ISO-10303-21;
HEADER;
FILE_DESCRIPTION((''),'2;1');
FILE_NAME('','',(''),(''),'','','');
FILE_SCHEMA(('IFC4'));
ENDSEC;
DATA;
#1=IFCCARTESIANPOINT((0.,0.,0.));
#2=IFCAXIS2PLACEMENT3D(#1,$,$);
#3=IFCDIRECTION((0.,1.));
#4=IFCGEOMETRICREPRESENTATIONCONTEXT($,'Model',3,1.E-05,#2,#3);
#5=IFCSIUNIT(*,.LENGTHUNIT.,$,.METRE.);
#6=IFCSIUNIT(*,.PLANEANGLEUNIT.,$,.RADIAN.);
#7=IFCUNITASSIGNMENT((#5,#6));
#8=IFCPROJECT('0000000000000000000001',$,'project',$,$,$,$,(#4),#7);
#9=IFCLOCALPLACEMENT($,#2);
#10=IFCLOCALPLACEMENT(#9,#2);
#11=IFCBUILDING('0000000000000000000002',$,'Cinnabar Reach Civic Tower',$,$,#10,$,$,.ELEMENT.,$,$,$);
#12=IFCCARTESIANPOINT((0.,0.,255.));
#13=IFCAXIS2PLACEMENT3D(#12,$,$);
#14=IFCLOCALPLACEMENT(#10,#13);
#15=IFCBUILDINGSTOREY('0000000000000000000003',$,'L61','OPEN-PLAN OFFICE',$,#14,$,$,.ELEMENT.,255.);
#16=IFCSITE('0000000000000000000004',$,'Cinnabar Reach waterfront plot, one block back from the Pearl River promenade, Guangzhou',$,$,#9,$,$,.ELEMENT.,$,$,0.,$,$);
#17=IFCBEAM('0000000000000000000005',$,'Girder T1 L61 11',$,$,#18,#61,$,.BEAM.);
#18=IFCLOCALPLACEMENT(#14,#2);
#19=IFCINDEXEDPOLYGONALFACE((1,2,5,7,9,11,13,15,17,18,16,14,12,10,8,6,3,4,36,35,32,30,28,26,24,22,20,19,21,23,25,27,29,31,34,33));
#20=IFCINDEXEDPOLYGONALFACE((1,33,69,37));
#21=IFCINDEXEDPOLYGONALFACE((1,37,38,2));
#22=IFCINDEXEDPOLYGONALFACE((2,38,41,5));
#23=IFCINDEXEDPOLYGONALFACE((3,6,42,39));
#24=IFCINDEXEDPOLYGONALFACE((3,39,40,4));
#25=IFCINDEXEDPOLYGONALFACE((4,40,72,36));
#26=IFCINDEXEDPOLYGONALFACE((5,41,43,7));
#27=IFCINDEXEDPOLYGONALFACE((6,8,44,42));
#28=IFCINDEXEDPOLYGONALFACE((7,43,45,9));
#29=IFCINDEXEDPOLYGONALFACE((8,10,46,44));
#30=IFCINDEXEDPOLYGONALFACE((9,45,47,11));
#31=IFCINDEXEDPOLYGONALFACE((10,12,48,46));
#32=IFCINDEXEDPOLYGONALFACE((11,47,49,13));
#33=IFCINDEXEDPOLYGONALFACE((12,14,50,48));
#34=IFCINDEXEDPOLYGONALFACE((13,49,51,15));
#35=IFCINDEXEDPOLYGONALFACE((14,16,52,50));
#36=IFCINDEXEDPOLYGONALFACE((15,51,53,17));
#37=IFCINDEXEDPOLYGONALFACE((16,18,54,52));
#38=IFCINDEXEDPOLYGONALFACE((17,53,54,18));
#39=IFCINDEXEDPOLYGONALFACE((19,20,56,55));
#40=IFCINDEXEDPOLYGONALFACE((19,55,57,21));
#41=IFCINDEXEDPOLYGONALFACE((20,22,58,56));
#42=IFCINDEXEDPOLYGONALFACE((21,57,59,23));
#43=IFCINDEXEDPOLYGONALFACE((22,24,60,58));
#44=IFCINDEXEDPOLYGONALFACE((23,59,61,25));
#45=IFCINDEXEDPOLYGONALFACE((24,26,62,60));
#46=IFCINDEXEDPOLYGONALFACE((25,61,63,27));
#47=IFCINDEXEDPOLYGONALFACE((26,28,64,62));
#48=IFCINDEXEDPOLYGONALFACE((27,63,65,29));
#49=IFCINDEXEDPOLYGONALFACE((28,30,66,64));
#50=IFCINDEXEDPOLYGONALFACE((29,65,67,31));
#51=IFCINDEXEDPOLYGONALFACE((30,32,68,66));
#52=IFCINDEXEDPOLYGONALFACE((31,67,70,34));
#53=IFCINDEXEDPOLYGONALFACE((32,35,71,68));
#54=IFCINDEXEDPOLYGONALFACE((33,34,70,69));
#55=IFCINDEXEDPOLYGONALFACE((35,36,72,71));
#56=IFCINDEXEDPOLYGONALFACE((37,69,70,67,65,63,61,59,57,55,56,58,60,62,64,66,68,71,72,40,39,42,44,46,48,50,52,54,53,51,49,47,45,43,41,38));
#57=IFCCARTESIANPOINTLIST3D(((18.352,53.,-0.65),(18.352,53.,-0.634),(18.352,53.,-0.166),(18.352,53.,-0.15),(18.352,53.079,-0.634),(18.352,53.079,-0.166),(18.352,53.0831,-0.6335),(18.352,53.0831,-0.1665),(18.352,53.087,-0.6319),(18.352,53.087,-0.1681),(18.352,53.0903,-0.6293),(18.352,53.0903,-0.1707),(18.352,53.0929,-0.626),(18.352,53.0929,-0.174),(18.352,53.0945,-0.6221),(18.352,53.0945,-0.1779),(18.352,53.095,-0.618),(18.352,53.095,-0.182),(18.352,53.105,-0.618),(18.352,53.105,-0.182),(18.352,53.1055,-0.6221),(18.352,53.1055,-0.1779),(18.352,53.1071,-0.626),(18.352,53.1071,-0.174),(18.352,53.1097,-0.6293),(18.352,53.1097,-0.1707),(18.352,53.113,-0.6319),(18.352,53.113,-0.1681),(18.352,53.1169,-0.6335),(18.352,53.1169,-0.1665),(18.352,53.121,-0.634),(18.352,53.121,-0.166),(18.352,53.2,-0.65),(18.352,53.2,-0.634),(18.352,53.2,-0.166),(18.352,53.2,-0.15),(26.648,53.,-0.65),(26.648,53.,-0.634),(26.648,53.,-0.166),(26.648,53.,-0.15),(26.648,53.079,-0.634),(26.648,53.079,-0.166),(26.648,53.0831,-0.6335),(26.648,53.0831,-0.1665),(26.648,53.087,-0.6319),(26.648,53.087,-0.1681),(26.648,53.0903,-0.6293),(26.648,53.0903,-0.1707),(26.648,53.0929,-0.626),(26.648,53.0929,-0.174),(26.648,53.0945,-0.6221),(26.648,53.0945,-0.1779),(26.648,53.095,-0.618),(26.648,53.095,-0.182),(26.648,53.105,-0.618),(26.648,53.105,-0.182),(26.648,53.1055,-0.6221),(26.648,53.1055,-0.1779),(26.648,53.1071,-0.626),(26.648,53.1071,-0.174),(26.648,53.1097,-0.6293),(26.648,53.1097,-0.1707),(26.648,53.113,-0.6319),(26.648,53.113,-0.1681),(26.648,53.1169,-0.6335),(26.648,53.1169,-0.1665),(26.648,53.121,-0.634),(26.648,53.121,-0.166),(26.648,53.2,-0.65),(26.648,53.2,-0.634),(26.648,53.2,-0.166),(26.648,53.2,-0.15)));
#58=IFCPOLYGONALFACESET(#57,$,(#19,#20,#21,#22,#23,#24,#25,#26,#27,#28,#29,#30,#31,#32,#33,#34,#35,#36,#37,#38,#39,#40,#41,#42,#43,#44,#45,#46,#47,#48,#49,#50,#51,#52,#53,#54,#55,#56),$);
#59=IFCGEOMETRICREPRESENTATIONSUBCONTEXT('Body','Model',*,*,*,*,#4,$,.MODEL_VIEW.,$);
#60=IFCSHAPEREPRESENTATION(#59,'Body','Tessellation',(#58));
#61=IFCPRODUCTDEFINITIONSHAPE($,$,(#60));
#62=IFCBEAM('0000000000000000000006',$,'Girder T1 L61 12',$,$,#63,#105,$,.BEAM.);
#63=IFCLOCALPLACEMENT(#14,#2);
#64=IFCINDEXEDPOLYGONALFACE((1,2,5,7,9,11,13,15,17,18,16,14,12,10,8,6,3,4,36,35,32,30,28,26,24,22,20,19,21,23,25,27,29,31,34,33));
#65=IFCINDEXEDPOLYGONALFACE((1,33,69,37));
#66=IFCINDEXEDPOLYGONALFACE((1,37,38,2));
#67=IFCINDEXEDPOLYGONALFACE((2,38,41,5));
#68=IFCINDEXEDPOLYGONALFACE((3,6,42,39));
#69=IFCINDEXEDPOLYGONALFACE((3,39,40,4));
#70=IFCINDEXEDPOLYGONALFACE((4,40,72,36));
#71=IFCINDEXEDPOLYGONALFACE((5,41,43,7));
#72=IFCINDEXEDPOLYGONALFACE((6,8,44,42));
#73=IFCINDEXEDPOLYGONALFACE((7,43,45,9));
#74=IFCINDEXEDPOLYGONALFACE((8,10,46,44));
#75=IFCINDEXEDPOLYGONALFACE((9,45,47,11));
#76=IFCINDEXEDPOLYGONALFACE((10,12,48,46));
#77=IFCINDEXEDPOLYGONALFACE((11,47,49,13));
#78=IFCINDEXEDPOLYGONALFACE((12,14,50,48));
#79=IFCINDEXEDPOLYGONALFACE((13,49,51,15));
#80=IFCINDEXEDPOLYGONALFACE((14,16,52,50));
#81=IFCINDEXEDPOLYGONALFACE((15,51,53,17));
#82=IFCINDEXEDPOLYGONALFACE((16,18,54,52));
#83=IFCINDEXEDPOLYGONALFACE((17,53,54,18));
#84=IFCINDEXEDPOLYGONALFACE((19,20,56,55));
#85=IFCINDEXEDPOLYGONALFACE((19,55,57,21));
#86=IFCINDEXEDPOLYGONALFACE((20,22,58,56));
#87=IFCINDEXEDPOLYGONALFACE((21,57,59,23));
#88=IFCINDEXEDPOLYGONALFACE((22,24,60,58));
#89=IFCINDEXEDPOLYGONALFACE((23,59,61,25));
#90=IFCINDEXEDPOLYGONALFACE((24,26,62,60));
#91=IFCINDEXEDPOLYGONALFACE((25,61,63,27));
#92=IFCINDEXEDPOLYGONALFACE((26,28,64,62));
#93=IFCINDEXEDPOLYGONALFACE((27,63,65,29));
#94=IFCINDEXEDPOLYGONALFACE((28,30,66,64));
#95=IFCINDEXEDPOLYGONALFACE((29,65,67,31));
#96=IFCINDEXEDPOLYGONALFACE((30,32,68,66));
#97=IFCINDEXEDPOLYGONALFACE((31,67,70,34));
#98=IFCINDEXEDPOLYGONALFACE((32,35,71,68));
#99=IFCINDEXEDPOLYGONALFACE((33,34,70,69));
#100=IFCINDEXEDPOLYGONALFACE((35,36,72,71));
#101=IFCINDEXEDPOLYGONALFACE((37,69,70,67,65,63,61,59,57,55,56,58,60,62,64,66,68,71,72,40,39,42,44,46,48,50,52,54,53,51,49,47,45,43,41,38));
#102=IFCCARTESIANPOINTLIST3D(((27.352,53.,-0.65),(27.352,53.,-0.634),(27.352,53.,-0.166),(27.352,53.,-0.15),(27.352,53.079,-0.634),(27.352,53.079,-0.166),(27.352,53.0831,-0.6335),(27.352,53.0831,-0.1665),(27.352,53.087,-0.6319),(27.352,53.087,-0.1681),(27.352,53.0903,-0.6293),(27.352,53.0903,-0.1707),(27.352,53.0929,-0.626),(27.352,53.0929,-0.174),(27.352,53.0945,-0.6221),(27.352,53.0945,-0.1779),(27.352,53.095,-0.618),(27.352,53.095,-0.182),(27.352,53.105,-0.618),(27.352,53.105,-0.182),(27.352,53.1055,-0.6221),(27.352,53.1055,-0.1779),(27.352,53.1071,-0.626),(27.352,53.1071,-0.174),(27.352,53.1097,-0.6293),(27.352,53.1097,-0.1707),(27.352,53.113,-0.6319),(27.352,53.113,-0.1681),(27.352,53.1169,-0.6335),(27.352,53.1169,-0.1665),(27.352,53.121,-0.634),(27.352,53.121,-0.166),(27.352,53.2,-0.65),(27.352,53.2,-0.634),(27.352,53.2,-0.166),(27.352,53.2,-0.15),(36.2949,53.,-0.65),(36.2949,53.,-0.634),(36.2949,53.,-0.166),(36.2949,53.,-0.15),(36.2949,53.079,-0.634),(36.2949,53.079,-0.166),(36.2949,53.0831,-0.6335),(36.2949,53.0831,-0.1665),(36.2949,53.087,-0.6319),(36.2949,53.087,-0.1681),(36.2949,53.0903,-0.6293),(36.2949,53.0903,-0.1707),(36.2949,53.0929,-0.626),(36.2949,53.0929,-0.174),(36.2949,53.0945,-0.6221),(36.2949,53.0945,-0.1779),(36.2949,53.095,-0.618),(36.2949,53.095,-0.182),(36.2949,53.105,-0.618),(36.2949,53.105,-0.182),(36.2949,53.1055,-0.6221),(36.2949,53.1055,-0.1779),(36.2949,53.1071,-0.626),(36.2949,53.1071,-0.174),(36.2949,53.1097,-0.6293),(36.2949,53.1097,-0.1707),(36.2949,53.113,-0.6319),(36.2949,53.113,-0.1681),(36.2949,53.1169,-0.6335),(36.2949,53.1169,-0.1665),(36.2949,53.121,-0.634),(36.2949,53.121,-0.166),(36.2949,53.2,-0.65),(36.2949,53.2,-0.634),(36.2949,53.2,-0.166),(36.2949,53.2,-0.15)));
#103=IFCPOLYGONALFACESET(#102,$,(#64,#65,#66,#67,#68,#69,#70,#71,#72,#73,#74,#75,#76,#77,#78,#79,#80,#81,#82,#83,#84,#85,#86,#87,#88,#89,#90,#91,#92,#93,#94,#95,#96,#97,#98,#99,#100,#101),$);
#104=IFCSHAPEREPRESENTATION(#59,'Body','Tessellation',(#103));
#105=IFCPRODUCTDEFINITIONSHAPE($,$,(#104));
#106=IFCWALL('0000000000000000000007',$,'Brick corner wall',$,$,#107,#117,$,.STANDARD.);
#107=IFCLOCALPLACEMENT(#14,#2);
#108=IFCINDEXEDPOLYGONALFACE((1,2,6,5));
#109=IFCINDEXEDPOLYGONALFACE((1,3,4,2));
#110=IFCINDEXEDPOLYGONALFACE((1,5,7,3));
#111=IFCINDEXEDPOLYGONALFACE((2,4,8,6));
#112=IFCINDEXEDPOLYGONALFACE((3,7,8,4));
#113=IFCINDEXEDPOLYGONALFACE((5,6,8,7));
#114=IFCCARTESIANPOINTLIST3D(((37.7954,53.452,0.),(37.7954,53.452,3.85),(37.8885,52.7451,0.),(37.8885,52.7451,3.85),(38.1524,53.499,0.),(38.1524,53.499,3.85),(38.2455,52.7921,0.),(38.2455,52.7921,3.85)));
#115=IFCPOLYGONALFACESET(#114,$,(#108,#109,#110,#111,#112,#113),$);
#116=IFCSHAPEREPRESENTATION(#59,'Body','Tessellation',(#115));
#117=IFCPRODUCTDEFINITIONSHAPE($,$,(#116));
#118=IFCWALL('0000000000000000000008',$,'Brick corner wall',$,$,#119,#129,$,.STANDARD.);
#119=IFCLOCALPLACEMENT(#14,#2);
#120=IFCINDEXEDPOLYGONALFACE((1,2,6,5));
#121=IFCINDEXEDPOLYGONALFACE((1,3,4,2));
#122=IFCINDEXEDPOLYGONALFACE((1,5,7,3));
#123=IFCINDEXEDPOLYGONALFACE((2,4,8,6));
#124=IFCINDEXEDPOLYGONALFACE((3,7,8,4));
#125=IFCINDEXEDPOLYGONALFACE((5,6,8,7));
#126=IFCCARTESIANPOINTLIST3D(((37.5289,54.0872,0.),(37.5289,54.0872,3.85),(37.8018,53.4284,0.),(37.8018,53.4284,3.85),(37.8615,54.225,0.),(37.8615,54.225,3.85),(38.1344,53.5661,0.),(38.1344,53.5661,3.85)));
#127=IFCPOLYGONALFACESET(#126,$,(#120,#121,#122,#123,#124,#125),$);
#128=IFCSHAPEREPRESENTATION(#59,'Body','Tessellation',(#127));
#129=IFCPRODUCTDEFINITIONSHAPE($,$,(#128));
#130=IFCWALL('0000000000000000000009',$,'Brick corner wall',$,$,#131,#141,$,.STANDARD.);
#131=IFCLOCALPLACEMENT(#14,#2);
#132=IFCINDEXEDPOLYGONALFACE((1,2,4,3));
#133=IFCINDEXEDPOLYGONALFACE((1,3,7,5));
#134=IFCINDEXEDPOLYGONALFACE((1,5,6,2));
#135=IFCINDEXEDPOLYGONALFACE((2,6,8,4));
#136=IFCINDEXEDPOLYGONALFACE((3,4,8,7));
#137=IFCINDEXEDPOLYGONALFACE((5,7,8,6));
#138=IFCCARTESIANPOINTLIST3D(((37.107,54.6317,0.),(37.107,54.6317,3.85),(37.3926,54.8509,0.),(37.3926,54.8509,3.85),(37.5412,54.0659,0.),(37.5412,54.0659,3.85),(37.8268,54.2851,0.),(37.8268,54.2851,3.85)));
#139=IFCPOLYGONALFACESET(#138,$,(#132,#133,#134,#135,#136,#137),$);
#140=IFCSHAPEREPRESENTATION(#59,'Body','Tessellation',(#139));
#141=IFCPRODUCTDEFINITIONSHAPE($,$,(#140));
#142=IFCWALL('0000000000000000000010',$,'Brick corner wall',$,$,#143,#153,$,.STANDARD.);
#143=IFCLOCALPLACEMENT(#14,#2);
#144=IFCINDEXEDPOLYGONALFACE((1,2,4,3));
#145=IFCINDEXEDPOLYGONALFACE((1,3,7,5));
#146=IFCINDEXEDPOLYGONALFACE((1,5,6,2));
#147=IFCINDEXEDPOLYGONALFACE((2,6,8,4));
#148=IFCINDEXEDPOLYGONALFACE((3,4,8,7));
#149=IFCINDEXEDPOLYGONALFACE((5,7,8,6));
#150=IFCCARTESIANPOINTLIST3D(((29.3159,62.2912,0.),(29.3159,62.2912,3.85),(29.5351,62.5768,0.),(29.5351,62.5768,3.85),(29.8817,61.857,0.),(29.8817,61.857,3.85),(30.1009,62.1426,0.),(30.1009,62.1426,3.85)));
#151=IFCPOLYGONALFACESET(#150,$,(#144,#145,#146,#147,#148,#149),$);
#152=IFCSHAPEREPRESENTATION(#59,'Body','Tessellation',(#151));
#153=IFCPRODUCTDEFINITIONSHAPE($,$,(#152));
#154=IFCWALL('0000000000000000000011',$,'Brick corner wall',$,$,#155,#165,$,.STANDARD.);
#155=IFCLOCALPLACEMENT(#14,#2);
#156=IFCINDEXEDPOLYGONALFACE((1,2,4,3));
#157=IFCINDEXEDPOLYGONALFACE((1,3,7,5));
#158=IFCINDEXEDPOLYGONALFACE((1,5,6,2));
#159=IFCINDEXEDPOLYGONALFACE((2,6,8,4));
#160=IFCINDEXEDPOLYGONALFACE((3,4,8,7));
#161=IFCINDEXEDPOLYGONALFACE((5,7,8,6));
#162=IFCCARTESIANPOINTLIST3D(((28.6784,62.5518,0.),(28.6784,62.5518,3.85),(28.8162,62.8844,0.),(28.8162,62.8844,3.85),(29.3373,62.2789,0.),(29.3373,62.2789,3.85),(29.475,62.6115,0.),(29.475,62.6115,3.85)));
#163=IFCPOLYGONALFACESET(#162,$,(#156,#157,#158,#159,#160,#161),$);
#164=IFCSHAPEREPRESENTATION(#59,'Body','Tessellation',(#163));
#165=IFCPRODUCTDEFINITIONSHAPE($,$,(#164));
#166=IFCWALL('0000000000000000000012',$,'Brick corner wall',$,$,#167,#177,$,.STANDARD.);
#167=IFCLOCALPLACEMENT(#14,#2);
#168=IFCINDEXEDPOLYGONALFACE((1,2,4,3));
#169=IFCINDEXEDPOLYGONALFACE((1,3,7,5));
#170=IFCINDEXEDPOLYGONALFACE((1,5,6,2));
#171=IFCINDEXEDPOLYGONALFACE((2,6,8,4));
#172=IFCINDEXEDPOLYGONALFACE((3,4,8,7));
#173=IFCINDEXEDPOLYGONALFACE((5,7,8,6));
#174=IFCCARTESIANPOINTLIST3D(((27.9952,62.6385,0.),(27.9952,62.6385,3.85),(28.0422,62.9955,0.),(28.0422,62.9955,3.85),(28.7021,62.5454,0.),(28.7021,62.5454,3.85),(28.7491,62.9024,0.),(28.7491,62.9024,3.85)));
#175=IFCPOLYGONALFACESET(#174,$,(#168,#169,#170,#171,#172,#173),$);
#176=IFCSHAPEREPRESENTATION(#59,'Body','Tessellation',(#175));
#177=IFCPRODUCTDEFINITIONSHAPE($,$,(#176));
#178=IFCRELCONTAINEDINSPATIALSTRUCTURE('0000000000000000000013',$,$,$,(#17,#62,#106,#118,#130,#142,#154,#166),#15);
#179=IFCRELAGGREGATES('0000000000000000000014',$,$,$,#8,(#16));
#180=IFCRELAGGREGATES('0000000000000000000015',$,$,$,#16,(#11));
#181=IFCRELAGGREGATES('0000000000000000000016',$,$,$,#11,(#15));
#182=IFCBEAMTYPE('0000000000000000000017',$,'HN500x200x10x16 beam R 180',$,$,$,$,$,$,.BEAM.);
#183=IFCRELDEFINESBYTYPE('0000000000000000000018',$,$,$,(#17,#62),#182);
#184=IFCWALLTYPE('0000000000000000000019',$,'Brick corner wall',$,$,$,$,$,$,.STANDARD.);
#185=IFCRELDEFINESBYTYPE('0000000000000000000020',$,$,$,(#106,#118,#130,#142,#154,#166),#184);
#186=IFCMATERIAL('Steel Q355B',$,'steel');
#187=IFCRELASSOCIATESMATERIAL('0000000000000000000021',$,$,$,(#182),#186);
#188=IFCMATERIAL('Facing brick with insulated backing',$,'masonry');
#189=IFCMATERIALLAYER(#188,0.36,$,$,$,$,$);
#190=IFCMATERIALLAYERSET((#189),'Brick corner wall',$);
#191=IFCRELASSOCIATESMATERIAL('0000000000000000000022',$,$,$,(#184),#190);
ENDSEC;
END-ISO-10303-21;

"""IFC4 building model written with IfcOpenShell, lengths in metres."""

from ifc_helpers import new_model, si_unit, direction, frame, frame_2d, origin, origin_2d, place, context, subcontext, project, spatial, rectangle, i_section, extrude, material, layer, layer_set, material_profile, profile_set, type_object, element, save


model = new_model("IFC4")

# Units and contexts
model_context = context("Model", 3, precision=1e-05, world=origin(), true_north=direction((0.0, 1.0)))
body_context = subcontext(model_context, "Body", "Model", "MODEL_VIEW")
ifc_project = project(units=[si_unit("LENGTHUNIT", "METRE"), si_unit("PLANEANGLEUNIT", "RADIAN")], contexts=[model_context])

# Site, building, storey
site_placement = place(None, origin())
site = spatial("IfcSite", under=ifc_project, at=site_placement, Name="Cinnabar Reach waterfront plot, one block back from the Pearl River promenade, Guangzhou", CompositionType="ELEMENT", RefElevation=0.0)
building_placement = place(site_placement, origin())
building = spatial("IfcBuilding", under=site, at=building_placement, Name="Cinnabar Reach Civic Tower", CompositionType="ELEMENT")
storey_placement = place(building_placement, frame((0.0, 0.0, 255.0)))
storey = spatial("IfcBuildingStorey", under=building, at=storey_placement, Name="L61", Description="OPEN-PLAN OFFICE", CompositionType="ELEMENT", Elevation=255.0)

# Beams
ifc_material_1 = material(Name="Steel Q355B", Category="steel")
ifc_material_profile_1 = material_profile(ifc_material_1, i_section(OverallWidth=0.2, OverallDepth=0.5, WebThickness=0.01, FlangeThickness=0.016, FilletRadius=0.016, at=origin_2d()), Name="HN500x200x10x16")
ifc_profile_set_1 = profile_set([ifc_material_profile_1], Name="Steel Q355B")
beam_type_1 = type_object("IfcBeamType", Name="HN500x200x10x16 beam R 180", PredefinedType="BEAM", material=ifc_profile_set_1)
beam_1_placement = place(storey_placement, frame((18.352, 53.1, -0.4), z_axis=(1.0, 0.0, 0.0), x_axis=(0.0, 1.0, 0.0)))
element("IfcBeam", 1, at=beam_1_placement, inside=storey, type_object=beam_type_1, Name="Girder T1 L61 11", PredefinedType="BEAM", context=body_context, shape_type="SweptSolid", body=[
    extrude(i_section(OverallWidth=0.2, OverallDepth=0.5, WebThickness=0.01, FlangeThickness=0.016, FilletRadius=0.016, at=origin_2d()), origin(), (0.0, 0.0, 1.0), 8.296),
])
beam_2_placement = place(storey_placement, frame((27.352, 53.1, -0.4), z_axis=(1.0, 0.0, 0.0), x_axis=(0.0, 1.0, 0.0)))
element("IfcBeam", 2, at=beam_2_placement, inside=storey, type_object=beam_type_1, Name="Girder T1 L61 12", PredefinedType="BEAM", context=body_context, shape_type="SweptSolid", body=[
    extrude(i_section(OverallWidth=0.2, OverallDepth=0.5, WebThickness=0.01, FlangeThickness=0.016, FilletRadius=0.016, at=origin_2d()), origin(), (0.0, 0.0, 1.0), 8.9429),
])

# Walls
ifc_material_2 = material(Name="Facing brick with insulated backing", Category="masonry")
ifc_layer_1 = layer(ifc_material_2, 0.36)
ifc_layer_set_1 = layer_set([ifc_layer_1], Name="Brick corner wall")
wall_type_1 = type_object("IfcWallType", Name="Brick corner wall", PredefinedType="STANDARD", material=ifc_layer_set_1)
for number, where, z_axis, x_axis, name in (
    (3, (38.067, 52.7686, 0.0), (0.0, 0.0, 1.0), (-0.130556, 0.991441, 0.0), "Brick corner wall"),
    (4, (37.9681, 53.4973, 0.0), (0.0, 0.0, 1.0), (-0.382703, 0.923872, 0.0), "Brick corner wall"),
):
    element("IfcWall", number, at=place(storey_placement, frame(where, z_axis=z_axis, x_axis=x_axis)), inside=storey, type_object=wall_type_1, Name=name, PredefinedType="STANDARD", context=body_context, shape_type="SweptSolid", body=[
        extrude(rectangle(XDim=0.7131, YDim=0.36, at=frame_2d((0.3565, 0.0))), origin(), (0.0, 0.0, 1.0), 3.85),
    ])
for number, where, z_axis, x_axis, name in (
    (5, (37.684, 54.1755, 0.0), (0.0, 0.0, 1.0), (-0.608802, 0.793322, 0.0), "Brick corner wall"),
    (6, (29.9913, 61.9998, 0.0), (0.0, 0.0, 1.0), (-0.793322, 0.608802, 0.0), "Brick corner wall"),
):
    element("IfcWall", number, at=place(storey_placement, frame(where, z_axis=z_axis, x_axis=x_axis)), inside=storey, type_object=wall_type_1, Name=name, PredefinedType="STANDARD", context=body_context, shape_type="SweptSolid", body=[
        extrude(rectangle(XDim=0.7132, YDim=0.36, at=frame_2d((0.3566, 0.0))), origin(), (0.0, 0.0, 1.0), 3.85),
    ])
for number, where, z_axis, x_axis, name in (
    (7, (29.4061, 62.4452, 0.0), (0.0, 0.0, 1.0), (-0.923872, 0.382703, 0.0), "Brick corner wall"),
    (8, (28.7256, 62.7239, 0.0), (0.0, 0.0, 1.0), (-0.991441, 0.130556, 0.0), "Brick corner wall"),
):
    element("IfcWall", number, at=place(storey_placement, frame(where, z_axis=z_axis, x_axis=x_axis)), inside=storey, type_object=wall_type_1, Name=name, PredefinedType="STANDARD", context=body_context, shape_type="SweptSolid", body=[
        extrude(rectangle(XDim=0.7131, YDim=0.36, at=frame_2d((0.3565, 0.0))), origin(), (0.0, 0.0, 1.0), 3.85),
    ])

save(model, "model.ifc")
